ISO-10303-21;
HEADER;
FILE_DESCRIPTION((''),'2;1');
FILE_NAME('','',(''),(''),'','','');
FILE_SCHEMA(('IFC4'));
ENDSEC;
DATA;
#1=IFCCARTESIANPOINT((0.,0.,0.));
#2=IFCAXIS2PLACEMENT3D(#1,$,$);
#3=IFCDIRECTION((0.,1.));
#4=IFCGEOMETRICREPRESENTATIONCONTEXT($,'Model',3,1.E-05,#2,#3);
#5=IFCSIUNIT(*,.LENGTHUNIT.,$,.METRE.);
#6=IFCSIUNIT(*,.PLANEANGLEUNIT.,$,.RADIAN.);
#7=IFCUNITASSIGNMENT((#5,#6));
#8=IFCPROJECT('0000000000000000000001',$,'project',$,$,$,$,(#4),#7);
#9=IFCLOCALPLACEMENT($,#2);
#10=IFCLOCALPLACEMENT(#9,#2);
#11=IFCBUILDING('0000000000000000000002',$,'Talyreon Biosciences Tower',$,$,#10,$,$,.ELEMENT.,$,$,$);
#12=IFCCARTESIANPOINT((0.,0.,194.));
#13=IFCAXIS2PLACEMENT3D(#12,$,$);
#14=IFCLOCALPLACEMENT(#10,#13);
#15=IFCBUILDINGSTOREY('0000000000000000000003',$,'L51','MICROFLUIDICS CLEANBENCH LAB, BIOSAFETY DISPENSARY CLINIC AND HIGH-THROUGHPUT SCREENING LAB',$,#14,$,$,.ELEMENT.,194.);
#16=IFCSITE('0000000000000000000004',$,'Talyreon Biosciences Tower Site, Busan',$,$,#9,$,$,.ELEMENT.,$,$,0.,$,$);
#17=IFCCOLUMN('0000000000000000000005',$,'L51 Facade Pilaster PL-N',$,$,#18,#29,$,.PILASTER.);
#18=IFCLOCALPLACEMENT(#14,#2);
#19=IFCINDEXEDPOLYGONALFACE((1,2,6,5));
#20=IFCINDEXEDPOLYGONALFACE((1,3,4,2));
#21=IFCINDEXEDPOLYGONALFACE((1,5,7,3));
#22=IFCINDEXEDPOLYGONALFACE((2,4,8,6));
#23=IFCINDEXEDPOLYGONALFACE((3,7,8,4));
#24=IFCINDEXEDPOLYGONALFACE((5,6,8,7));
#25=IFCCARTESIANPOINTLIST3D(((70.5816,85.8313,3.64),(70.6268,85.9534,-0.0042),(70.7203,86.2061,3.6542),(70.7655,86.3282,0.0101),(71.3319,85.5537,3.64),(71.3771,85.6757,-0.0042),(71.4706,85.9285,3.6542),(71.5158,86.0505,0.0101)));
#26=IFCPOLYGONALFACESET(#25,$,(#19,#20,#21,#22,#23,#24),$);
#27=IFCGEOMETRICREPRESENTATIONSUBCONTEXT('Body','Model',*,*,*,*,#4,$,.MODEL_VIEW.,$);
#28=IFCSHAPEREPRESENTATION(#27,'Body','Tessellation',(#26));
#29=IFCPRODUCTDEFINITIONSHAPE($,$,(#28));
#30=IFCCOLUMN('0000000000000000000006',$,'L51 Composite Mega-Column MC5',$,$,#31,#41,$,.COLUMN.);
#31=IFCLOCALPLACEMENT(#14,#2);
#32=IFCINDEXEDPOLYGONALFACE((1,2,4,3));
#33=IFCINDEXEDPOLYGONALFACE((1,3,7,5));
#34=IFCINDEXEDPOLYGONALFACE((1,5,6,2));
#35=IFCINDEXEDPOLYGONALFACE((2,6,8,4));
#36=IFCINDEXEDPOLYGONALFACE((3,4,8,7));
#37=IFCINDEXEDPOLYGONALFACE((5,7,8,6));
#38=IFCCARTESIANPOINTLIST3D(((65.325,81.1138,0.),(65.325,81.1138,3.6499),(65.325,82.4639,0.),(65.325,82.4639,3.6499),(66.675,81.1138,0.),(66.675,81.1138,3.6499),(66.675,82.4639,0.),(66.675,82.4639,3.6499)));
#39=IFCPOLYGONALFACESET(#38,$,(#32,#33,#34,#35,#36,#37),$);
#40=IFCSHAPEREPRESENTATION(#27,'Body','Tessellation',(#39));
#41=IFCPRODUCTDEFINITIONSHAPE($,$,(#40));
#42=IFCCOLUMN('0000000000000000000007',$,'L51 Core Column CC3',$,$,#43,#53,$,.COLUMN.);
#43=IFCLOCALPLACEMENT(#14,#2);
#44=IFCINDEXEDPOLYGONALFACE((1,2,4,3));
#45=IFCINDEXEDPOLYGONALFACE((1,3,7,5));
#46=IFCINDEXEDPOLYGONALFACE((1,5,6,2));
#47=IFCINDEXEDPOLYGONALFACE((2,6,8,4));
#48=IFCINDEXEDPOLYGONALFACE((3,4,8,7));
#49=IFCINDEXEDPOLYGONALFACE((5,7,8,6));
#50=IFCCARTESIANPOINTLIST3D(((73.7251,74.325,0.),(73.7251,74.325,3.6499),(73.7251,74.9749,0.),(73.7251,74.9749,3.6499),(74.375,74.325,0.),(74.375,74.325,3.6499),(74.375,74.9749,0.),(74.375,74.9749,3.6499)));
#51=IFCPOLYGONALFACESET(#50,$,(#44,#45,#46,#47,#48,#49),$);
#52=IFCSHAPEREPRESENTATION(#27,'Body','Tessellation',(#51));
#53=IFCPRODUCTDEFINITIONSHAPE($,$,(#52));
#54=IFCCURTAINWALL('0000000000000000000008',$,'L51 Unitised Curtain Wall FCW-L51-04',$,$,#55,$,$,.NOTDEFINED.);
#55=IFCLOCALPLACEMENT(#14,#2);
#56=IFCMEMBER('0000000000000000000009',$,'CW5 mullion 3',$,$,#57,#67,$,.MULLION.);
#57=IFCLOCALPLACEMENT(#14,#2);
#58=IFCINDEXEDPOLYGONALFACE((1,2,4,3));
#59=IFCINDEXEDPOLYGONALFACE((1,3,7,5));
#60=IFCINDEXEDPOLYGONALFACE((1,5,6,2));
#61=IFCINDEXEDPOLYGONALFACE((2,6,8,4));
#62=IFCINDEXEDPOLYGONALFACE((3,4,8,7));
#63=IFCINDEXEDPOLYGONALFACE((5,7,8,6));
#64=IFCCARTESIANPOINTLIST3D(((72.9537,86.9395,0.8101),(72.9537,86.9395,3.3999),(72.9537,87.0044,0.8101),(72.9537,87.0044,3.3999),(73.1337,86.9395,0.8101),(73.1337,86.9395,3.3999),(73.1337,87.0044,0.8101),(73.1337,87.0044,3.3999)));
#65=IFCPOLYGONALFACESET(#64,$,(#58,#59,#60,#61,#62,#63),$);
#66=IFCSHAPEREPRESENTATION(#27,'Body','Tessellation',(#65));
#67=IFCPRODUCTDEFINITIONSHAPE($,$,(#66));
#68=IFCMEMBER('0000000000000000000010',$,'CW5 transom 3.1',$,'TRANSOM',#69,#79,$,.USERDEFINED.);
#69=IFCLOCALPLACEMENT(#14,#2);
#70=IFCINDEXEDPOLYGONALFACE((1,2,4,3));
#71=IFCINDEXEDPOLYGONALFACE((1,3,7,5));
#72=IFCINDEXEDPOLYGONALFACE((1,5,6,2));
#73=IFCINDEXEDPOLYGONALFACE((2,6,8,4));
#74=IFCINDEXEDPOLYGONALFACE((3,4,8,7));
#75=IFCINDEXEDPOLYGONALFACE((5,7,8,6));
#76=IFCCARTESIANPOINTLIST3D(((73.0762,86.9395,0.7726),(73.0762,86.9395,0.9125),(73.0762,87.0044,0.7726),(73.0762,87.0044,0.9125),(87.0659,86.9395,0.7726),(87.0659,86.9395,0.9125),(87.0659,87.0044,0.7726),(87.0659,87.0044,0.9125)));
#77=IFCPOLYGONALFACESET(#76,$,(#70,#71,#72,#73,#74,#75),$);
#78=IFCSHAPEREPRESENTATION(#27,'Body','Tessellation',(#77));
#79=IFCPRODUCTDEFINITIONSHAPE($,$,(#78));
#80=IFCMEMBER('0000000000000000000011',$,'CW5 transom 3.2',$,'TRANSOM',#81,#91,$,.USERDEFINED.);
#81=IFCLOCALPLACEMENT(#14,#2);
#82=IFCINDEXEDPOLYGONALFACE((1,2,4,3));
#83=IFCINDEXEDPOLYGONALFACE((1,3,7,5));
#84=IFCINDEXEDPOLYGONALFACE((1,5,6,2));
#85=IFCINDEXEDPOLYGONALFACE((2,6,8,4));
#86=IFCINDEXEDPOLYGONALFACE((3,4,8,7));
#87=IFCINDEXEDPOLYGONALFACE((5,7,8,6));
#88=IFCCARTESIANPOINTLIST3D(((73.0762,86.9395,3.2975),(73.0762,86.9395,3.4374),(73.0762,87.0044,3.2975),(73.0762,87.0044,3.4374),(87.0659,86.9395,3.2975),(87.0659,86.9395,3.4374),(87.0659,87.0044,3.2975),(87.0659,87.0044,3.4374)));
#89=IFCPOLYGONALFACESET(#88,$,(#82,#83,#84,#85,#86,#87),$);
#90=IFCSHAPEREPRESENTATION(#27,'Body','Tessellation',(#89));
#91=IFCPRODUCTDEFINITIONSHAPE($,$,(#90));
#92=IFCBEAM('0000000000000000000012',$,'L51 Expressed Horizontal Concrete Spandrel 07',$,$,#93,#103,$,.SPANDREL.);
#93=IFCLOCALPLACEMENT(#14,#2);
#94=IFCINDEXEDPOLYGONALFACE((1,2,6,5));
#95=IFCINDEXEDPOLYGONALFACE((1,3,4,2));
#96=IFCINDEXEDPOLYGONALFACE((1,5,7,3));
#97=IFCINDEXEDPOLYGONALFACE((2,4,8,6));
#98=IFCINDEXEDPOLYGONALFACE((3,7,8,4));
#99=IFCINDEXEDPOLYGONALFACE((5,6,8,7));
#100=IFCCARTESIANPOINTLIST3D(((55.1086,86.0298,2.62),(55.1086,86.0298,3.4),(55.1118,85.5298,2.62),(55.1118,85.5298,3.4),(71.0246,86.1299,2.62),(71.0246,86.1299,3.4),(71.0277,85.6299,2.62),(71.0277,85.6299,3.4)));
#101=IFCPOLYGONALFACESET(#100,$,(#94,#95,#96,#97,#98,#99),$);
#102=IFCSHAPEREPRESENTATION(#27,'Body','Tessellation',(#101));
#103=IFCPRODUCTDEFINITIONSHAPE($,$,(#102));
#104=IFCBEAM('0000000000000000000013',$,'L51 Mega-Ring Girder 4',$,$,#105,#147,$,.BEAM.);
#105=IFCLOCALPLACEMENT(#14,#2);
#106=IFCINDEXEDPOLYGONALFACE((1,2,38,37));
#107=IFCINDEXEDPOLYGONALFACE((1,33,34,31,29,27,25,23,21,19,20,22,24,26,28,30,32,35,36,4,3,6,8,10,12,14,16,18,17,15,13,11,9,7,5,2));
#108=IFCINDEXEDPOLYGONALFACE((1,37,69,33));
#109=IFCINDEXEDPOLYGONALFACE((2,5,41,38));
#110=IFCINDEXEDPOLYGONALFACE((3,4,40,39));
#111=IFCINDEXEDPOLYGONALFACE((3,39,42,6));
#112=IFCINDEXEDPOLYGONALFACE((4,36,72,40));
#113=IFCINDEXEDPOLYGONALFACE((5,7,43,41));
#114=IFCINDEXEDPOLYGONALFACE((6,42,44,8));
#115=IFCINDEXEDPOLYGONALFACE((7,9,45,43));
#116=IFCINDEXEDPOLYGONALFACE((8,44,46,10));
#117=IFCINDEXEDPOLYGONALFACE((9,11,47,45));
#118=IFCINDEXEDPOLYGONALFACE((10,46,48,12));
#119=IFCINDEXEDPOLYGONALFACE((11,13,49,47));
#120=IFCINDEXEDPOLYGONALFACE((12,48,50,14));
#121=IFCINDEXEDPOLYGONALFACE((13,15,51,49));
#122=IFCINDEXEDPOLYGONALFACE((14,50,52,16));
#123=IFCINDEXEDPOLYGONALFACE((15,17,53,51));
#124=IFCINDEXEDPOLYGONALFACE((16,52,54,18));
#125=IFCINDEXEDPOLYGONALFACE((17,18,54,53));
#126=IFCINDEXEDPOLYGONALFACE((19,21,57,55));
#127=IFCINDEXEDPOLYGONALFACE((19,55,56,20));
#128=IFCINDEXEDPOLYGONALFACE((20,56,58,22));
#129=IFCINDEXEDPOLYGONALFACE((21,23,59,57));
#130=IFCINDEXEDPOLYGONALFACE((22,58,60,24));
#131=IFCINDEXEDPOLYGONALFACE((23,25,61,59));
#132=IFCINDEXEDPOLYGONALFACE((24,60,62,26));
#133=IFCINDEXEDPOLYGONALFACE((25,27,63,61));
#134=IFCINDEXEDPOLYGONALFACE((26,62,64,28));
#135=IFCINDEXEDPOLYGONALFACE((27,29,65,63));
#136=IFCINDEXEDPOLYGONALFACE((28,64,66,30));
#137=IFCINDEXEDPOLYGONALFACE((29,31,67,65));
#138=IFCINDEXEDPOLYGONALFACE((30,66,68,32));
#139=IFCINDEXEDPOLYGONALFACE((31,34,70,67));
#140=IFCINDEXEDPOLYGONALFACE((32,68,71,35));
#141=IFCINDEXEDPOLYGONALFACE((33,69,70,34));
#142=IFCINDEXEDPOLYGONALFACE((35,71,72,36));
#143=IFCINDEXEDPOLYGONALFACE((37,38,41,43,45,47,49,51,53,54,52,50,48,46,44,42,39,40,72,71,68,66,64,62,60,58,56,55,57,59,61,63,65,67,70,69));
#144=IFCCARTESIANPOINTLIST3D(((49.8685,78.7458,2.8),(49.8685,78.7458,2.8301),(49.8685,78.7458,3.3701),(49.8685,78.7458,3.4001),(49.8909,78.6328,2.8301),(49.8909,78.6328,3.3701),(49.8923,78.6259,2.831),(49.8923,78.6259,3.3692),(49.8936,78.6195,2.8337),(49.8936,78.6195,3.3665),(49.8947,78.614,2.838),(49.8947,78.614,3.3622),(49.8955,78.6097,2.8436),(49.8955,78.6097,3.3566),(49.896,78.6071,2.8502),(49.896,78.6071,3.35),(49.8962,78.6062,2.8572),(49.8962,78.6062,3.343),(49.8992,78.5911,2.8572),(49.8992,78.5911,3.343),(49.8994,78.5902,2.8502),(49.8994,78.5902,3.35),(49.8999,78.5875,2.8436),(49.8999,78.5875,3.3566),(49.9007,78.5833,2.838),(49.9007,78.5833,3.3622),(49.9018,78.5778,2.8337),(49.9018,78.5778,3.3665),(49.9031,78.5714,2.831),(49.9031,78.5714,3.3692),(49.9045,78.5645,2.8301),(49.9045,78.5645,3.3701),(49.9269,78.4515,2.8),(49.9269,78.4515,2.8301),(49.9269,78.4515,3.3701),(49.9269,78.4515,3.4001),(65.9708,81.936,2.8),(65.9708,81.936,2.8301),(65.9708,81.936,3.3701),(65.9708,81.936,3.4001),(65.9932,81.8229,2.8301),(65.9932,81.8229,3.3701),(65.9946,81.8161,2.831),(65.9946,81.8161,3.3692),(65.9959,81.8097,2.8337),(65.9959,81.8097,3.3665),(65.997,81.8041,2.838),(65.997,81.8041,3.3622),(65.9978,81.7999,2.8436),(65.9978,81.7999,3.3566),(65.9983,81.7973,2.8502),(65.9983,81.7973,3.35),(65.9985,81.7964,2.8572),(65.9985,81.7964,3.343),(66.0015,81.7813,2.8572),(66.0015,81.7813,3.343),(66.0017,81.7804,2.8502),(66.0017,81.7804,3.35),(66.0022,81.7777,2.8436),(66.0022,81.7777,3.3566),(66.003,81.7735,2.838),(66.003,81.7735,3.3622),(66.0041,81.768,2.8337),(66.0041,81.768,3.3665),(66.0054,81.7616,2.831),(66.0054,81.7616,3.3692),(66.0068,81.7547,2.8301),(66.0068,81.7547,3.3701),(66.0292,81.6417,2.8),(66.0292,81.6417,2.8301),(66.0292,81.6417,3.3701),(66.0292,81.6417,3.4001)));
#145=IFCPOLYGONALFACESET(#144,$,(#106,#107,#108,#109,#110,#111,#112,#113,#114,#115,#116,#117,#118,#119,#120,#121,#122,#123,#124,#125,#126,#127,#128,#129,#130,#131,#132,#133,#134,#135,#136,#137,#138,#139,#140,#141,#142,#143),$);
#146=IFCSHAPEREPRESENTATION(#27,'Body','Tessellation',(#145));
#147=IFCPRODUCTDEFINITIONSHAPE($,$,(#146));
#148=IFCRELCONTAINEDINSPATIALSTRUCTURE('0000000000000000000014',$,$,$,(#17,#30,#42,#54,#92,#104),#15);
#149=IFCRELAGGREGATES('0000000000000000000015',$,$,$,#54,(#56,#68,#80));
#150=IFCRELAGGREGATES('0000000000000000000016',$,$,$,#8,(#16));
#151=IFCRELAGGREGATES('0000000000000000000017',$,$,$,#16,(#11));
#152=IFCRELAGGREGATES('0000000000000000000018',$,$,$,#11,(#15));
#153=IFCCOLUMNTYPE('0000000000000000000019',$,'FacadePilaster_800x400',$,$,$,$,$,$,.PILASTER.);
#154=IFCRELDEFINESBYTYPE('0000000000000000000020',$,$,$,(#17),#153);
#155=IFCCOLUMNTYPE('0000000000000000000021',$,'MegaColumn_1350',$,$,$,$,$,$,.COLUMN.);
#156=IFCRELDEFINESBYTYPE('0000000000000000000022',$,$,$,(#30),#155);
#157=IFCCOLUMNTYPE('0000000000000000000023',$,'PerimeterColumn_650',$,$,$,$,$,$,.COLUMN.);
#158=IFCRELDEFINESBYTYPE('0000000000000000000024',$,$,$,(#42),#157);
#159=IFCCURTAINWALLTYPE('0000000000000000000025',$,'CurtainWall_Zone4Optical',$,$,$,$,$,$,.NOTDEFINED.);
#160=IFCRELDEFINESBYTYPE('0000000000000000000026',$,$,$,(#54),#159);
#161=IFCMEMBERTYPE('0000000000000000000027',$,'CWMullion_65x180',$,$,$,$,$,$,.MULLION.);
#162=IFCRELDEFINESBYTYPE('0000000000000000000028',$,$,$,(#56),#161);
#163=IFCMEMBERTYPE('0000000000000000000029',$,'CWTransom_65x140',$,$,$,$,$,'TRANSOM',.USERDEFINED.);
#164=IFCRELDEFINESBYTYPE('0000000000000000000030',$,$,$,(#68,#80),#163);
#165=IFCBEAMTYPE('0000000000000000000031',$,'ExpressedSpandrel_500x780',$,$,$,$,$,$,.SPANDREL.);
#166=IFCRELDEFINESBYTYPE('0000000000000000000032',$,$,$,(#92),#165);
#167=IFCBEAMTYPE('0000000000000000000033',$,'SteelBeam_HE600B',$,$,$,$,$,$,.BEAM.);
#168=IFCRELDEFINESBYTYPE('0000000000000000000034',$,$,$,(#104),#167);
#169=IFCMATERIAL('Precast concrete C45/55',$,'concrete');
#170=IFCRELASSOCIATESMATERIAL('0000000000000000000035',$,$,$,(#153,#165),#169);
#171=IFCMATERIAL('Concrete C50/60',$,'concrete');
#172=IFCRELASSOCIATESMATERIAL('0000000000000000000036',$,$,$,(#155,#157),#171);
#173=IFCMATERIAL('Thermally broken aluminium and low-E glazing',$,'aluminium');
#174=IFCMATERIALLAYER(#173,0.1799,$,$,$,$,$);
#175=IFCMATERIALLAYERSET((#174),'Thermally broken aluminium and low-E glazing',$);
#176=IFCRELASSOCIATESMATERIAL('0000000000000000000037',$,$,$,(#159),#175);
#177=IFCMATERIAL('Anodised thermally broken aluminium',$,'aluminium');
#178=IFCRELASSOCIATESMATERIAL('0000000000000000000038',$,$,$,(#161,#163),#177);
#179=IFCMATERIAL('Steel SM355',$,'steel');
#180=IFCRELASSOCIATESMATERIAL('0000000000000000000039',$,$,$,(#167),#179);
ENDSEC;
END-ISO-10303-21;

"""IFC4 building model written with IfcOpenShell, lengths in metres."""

from ifc_helpers import new_model, si_unit, direction, frame, origin, origin_2d, place, context, subcontext, project, spatial, rectangle, i_section, extrude, material, layer, layer_set, material_profile, profile_set, type_object, element, aggregate, save


model = new_model("IFC4")

# Units and contexts
model_context = context("Model", 3, precision=1e-05, world=origin(), true_north=direction((0.0, 1.0)))
body_context = subcontext(model_context, "Body", "Model", "MODEL_VIEW")
ifc_project = project(units=[si_unit("LENGTHUNIT", "METRE"), si_unit("PLANEANGLEUNIT", "RADIAN")], contexts=[model_context])

# Site, building, storey
site_placement = place(None, origin())
site = spatial("IfcSite", under=ifc_project, at=site_placement, Name="Talyreon Biosciences Tower Site, Busan", CompositionType="ELEMENT", RefElevation=0.0)
building_placement = place(site_placement, origin())
building = spatial("IfcBuilding", under=site, at=building_placement, Name="Talyreon Biosciences Tower", CompositionType="ELEMENT")
storey_placement = place(building_placement, frame((0.0, 0.0, 194.0)))
storey = spatial("IfcBuildingStorey", under=building, at=storey_placement, Name="L51", Description="MICROFLUIDICS CLEANBENCH LAB, BIOSAFETY DISPENSARY CLINIC AND HIGH-THROUGHPUT SCREENING LAB", CompositionType="ELEMENT", Elevation=194.0)

# Columns
ifc_material_1 = material(Name="Precast concrete C45/55", Category="concrete")
ifc_material_profile_1 = material_profile(ifc_material_1, rectangle(XDim=0.8, YDim=0.3999, at=origin_2d()), Name="RC 800x400")
ifc_profile_set_1 = profile_set([ifc_material_profile_1], Name="Precast concrete C45/55")
column_type_1 = type_object("IfcColumnType", Name="FacadePilaster_800x400", PredefinedType="PILASTER", material=ifc_profile_set_1)
column_1_placement = place(storey_placement, frame((71.0713, 86.002, 0.0029), z_axis=(-0.012387, -0.033477, 0.999363), x_axis=(-0.937862, 0.347009, 0.0)))
element("IfcColumn", 1, at=column_1_placement, inside=storey, type_object=column_type_1, Name="L51 Facade Pilaster PL-N", PredefinedType="PILASTER", context=body_context, shape_type="SweptSolid", body=[
    extrude(rectangle(XDim=0.8, YDim=0.3999, at=origin_2d()), origin(), (0.0, 0.0, 1.0), 3.6465),
])
ifc_material_2 = material(Name="Concrete C50/60", Category="concrete")
ifc_material_profile_2 = material_profile(ifc_material_2, rectangle(XDim=1.3501, YDim=1.3501, at=origin_2d()), Name="RC 1350x1350")
ifc_profile_set_2 = profile_set([ifc_material_profile_2], Name="Concrete C50/60")
column_type_2 = type_object("IfcColumnType", Name="MegaColumn_1350", PredefinedType="COLUMN", material=ifc_profile_set_2)
column_2_placement = place(storey_placement, frame((66.0, 81.7888, 0.0), z_axis=(0.0, 0.0, 1.0), x_axis=(1.0, 0.0, 0.0)))
element("IfcColumn", 2, at=column_2_placement, inside=storey, type_object=column_type_2, Name="L51 Composite Mega-Column MC5", PredefinedType="COLUMN", context=body_context, shape_type="SweptSolid", body=[
    extrude(rectangle(XDim=1.3501, YDim=1.3501, at=origin_2d()), origin(), (0.0, 0.0, 1.0), 3.6499),
])
ifc_material_profile_3 = material_profile(ifc_material_2, rectangle(XDim=0.6499, YDim=0.6499, at=origin_2d()), Name="RC 650x650")
ifc_profile_set_3 = profile_set([ifc_material_profile_3], Name="Concrete C50/60")
column_type_3 = type_object("IfcColumnType", Name="PerimeterColumn_650", PredefinedType="COLUMN", material=ifc_profile_set_3)
column_3_placement = place(storey_placement, frame((74.05, 74.6499, 0.0), z_axis=(0.0, 0.0, 1.0), x_axis=(1.0, 0.0, 0.0)))
element("IfcColumn", 3, at=column_3_placement, inside=storey, type_object=column_type_3, Name="L51 Core Column CC3", PredefinedType="COLUMN", context=body_context, shape_type="SweptSolid", body=[
    extrude(rectangle(XDim=0.6499, YDim=0.6499, at=origin_2d()), origin(), (0.0, 0.0, 1.0), 3.6499),
])

# Curtain wall, members
ifc_material_3 = material(Name="Thermally broken aluminium and low-E glazing", Category="aluminium")
ifc_layer_1 = layer(ifc_material_3, 0.1799)
ifc_layer_set_1 = layer_set([ifc_layer_1], Name="Thermally broken aluminium and low-E glazing")
curtain_wall_type = type_object("IfcCurtainWallType", Name="CurtainWall_Zone4Optical", PredefinedType="NOTDEFINED", material=ifc_layer_set_1)
curtain_wall_placement = place(storey_placement, origin())
curtain_wall = element("IfcCurtainWall", 4, at=curtain_wall_placement, inside=storey, type_object=curtain_wall_type, Name="L51 Unitised Curtain Wall FCW-L51-04", PredefinedType="NOTDEFINED")
ifc_material_4 = material(Name="Anodised thermally broken aluminium", Category="aluminium")
ifc_material_profile_4 = material_profile(ifc_material_4, rectangle(XDim=0.0649, YDim=0.1799, at=origin_2d()), Name="ALUM MULLION 65x180")
ifc_profile_set_4 = profile_set([ifc_material_profile_4], Name="Anodised thermally broken aluminium")
member_type_1 = type_object("IfcMemberType", Name="CWMullion_65x180", PredefinedType="MULLION", material=ifc_profile_set_4)
member_1_placement = place(storey_placement, frame((73.0437, 86.9719, 0.8101), z_axis=(0.0, 0.0, 1.0), x_axis=(0.0, 1.0, 0.0)))
member_1 = element("IfcMember", 5, at=member_1_placement, type_object=member_type_1, Name="CW5 mullion 3", PredefinedType="MULLION", context=body_context, shape_type="SweptSolid", body=[
    extrude(rectangle(XDim=0.0649, YDim=0.1799, at=origin_2d()), origin(), (0.0, 0.0, 1.0), 2.5898),
])
ifc_material_profile_5 = material_profile(ifc_material_4, rectangle(XDim=0.0649, YDim=0.1399, at=origin_2d()), Name="ALUM TRANSOM 65x140")
ifc_profile_set_5 = profile_set([ifc_material_profile_5], Name="Anodised thermally broken aluminium")
member_type_2 = type_object("IfcMemberType", Name="CWTransom_65x140", ElementType="TRANSOM", PredefinedType="USERDEFINED", material=ifc_profile_set_5)
member_2_placement = place(storey_placement, frame((73.0762, 86.9719, 0.8425), z_axis=(1.0, 0.0, 0.0), x_axis=(0.0, 1.0, 0.0)))
member_2 = element("IfcMember", 6, at=member_2_placement, type_object=member_type_2, Name="CW5 transom 3.1", ObjectType="TRANSOM", PredefinedType="USERDEFINED", context=body_context, shape_type="SweptSolid", body=[
    extrude(rectangle(XDim=0.0649, YDim=0.1399, at=origin_2d()), origin(), (0.0, 0.0, 1.0), 13.9897),
])
member_3_placement = place(storey_placement, frame((73.0762, 86.9719, 3.3674), z_axis=(1.0, 0.0, 0.0), x_axis=(0.0, 1.0, 0.0)))
member_3 = element("IfcMember", 7, at=member_3_placement, type_object=member_type_2, Name="CW5 transom 3.2", ObjectType="TRANSOM", PredefinedType="USERDEFINED", context=body_context, shape_type="SweptSolid", body=[
    extrude(rectangle(XDim=0.0649, YDim=0.1399, at=origin_2d()), origin(), (0.0, 0.0, 1.0), 13.9897),
])

# Beams
ifc_material_profile_6 = material_profile(ifc_material_1, rectangle(XDim=0.5, YDim=0.78, at=origin_2d()), Name="RCB 500x780")
ifc_profile_set_6 = profile_set([ifc_material_profile_6], Name="Precast concrete C45/55")
beam_type_1 = type_object("IfcBeamType", Name="ExpressedSpandrel_500x780", PredefinedType="SPANDREL", material=ifc_profile_set_6)
beam_1_placement = place(storey_placement, frame((71.0261, 85.8799, 3.01), z_axis=(-0.99998, -0.006289, 0.0), x_axis=(0.006289, -0.99998, 0.0)))
element("IfcBeam", 8, at=beam_1_placement, inside=storey, type_object=beam_type_1, Name="L51 Expressed Horizontal Concrete Spandrel 07", PredefinedType="SPANDREL", context=body_context, shape_type="SweptSolid", body=[
    extrude(rectangle(XDim=0.5, YDim=0.78, at=origin_2d()), origin(), (0.0, 0.0, 1.0), 15.9163),
])
ifc_material_5 = material(Name="Steel SM355", Category="steel")
ifc_material_profile_7 = material_profile(ifc_material_5, i_section(OverallWidth=0.3, OverallDepth=0.6001, WebThickness=0.0154, FlangeThickness=0.03, FilletRadius=0.0271, at=origin_2d()), Name="HE600B")
ifc_profile_set_7 = profile_set([ifc_material_profile_7], Name="Steel SM355")
beam_type_2 = type_object("IfcBeamType", Name="SteelBeam_HE600B", PredefinedType="BEAM", material=ifc_profile_set_7)
beam_2_placement = place(storey_placement, frame((66.0, 81.7888, 3.1001), z_axis=(-0.980934, -0.194343, 0.0), x_axis=(0.194343, -0.980934, 0.0)))
element("IfcBeam", 9, at=beam_2_placement, inside=storey, type_object=beam_type_2, Name="L51 Mega-Ring Girder 4", PredefinedType="BEAM", context=body_context, shape_type="SweptSolid", body=[
    extrude(i_section(OverallWidth=0.3, OverallDepth=0.6001, WebThickness=0.0154, FlangeThickness=0.03, FilletRadius=0.0271, at=origin_2d()), origin(), (0.0, 0.0, 1.0), 16.4153),
])

aggregate(curtain_wall, [member_1, member_2, member_3])

save(model, "model.ifc")
